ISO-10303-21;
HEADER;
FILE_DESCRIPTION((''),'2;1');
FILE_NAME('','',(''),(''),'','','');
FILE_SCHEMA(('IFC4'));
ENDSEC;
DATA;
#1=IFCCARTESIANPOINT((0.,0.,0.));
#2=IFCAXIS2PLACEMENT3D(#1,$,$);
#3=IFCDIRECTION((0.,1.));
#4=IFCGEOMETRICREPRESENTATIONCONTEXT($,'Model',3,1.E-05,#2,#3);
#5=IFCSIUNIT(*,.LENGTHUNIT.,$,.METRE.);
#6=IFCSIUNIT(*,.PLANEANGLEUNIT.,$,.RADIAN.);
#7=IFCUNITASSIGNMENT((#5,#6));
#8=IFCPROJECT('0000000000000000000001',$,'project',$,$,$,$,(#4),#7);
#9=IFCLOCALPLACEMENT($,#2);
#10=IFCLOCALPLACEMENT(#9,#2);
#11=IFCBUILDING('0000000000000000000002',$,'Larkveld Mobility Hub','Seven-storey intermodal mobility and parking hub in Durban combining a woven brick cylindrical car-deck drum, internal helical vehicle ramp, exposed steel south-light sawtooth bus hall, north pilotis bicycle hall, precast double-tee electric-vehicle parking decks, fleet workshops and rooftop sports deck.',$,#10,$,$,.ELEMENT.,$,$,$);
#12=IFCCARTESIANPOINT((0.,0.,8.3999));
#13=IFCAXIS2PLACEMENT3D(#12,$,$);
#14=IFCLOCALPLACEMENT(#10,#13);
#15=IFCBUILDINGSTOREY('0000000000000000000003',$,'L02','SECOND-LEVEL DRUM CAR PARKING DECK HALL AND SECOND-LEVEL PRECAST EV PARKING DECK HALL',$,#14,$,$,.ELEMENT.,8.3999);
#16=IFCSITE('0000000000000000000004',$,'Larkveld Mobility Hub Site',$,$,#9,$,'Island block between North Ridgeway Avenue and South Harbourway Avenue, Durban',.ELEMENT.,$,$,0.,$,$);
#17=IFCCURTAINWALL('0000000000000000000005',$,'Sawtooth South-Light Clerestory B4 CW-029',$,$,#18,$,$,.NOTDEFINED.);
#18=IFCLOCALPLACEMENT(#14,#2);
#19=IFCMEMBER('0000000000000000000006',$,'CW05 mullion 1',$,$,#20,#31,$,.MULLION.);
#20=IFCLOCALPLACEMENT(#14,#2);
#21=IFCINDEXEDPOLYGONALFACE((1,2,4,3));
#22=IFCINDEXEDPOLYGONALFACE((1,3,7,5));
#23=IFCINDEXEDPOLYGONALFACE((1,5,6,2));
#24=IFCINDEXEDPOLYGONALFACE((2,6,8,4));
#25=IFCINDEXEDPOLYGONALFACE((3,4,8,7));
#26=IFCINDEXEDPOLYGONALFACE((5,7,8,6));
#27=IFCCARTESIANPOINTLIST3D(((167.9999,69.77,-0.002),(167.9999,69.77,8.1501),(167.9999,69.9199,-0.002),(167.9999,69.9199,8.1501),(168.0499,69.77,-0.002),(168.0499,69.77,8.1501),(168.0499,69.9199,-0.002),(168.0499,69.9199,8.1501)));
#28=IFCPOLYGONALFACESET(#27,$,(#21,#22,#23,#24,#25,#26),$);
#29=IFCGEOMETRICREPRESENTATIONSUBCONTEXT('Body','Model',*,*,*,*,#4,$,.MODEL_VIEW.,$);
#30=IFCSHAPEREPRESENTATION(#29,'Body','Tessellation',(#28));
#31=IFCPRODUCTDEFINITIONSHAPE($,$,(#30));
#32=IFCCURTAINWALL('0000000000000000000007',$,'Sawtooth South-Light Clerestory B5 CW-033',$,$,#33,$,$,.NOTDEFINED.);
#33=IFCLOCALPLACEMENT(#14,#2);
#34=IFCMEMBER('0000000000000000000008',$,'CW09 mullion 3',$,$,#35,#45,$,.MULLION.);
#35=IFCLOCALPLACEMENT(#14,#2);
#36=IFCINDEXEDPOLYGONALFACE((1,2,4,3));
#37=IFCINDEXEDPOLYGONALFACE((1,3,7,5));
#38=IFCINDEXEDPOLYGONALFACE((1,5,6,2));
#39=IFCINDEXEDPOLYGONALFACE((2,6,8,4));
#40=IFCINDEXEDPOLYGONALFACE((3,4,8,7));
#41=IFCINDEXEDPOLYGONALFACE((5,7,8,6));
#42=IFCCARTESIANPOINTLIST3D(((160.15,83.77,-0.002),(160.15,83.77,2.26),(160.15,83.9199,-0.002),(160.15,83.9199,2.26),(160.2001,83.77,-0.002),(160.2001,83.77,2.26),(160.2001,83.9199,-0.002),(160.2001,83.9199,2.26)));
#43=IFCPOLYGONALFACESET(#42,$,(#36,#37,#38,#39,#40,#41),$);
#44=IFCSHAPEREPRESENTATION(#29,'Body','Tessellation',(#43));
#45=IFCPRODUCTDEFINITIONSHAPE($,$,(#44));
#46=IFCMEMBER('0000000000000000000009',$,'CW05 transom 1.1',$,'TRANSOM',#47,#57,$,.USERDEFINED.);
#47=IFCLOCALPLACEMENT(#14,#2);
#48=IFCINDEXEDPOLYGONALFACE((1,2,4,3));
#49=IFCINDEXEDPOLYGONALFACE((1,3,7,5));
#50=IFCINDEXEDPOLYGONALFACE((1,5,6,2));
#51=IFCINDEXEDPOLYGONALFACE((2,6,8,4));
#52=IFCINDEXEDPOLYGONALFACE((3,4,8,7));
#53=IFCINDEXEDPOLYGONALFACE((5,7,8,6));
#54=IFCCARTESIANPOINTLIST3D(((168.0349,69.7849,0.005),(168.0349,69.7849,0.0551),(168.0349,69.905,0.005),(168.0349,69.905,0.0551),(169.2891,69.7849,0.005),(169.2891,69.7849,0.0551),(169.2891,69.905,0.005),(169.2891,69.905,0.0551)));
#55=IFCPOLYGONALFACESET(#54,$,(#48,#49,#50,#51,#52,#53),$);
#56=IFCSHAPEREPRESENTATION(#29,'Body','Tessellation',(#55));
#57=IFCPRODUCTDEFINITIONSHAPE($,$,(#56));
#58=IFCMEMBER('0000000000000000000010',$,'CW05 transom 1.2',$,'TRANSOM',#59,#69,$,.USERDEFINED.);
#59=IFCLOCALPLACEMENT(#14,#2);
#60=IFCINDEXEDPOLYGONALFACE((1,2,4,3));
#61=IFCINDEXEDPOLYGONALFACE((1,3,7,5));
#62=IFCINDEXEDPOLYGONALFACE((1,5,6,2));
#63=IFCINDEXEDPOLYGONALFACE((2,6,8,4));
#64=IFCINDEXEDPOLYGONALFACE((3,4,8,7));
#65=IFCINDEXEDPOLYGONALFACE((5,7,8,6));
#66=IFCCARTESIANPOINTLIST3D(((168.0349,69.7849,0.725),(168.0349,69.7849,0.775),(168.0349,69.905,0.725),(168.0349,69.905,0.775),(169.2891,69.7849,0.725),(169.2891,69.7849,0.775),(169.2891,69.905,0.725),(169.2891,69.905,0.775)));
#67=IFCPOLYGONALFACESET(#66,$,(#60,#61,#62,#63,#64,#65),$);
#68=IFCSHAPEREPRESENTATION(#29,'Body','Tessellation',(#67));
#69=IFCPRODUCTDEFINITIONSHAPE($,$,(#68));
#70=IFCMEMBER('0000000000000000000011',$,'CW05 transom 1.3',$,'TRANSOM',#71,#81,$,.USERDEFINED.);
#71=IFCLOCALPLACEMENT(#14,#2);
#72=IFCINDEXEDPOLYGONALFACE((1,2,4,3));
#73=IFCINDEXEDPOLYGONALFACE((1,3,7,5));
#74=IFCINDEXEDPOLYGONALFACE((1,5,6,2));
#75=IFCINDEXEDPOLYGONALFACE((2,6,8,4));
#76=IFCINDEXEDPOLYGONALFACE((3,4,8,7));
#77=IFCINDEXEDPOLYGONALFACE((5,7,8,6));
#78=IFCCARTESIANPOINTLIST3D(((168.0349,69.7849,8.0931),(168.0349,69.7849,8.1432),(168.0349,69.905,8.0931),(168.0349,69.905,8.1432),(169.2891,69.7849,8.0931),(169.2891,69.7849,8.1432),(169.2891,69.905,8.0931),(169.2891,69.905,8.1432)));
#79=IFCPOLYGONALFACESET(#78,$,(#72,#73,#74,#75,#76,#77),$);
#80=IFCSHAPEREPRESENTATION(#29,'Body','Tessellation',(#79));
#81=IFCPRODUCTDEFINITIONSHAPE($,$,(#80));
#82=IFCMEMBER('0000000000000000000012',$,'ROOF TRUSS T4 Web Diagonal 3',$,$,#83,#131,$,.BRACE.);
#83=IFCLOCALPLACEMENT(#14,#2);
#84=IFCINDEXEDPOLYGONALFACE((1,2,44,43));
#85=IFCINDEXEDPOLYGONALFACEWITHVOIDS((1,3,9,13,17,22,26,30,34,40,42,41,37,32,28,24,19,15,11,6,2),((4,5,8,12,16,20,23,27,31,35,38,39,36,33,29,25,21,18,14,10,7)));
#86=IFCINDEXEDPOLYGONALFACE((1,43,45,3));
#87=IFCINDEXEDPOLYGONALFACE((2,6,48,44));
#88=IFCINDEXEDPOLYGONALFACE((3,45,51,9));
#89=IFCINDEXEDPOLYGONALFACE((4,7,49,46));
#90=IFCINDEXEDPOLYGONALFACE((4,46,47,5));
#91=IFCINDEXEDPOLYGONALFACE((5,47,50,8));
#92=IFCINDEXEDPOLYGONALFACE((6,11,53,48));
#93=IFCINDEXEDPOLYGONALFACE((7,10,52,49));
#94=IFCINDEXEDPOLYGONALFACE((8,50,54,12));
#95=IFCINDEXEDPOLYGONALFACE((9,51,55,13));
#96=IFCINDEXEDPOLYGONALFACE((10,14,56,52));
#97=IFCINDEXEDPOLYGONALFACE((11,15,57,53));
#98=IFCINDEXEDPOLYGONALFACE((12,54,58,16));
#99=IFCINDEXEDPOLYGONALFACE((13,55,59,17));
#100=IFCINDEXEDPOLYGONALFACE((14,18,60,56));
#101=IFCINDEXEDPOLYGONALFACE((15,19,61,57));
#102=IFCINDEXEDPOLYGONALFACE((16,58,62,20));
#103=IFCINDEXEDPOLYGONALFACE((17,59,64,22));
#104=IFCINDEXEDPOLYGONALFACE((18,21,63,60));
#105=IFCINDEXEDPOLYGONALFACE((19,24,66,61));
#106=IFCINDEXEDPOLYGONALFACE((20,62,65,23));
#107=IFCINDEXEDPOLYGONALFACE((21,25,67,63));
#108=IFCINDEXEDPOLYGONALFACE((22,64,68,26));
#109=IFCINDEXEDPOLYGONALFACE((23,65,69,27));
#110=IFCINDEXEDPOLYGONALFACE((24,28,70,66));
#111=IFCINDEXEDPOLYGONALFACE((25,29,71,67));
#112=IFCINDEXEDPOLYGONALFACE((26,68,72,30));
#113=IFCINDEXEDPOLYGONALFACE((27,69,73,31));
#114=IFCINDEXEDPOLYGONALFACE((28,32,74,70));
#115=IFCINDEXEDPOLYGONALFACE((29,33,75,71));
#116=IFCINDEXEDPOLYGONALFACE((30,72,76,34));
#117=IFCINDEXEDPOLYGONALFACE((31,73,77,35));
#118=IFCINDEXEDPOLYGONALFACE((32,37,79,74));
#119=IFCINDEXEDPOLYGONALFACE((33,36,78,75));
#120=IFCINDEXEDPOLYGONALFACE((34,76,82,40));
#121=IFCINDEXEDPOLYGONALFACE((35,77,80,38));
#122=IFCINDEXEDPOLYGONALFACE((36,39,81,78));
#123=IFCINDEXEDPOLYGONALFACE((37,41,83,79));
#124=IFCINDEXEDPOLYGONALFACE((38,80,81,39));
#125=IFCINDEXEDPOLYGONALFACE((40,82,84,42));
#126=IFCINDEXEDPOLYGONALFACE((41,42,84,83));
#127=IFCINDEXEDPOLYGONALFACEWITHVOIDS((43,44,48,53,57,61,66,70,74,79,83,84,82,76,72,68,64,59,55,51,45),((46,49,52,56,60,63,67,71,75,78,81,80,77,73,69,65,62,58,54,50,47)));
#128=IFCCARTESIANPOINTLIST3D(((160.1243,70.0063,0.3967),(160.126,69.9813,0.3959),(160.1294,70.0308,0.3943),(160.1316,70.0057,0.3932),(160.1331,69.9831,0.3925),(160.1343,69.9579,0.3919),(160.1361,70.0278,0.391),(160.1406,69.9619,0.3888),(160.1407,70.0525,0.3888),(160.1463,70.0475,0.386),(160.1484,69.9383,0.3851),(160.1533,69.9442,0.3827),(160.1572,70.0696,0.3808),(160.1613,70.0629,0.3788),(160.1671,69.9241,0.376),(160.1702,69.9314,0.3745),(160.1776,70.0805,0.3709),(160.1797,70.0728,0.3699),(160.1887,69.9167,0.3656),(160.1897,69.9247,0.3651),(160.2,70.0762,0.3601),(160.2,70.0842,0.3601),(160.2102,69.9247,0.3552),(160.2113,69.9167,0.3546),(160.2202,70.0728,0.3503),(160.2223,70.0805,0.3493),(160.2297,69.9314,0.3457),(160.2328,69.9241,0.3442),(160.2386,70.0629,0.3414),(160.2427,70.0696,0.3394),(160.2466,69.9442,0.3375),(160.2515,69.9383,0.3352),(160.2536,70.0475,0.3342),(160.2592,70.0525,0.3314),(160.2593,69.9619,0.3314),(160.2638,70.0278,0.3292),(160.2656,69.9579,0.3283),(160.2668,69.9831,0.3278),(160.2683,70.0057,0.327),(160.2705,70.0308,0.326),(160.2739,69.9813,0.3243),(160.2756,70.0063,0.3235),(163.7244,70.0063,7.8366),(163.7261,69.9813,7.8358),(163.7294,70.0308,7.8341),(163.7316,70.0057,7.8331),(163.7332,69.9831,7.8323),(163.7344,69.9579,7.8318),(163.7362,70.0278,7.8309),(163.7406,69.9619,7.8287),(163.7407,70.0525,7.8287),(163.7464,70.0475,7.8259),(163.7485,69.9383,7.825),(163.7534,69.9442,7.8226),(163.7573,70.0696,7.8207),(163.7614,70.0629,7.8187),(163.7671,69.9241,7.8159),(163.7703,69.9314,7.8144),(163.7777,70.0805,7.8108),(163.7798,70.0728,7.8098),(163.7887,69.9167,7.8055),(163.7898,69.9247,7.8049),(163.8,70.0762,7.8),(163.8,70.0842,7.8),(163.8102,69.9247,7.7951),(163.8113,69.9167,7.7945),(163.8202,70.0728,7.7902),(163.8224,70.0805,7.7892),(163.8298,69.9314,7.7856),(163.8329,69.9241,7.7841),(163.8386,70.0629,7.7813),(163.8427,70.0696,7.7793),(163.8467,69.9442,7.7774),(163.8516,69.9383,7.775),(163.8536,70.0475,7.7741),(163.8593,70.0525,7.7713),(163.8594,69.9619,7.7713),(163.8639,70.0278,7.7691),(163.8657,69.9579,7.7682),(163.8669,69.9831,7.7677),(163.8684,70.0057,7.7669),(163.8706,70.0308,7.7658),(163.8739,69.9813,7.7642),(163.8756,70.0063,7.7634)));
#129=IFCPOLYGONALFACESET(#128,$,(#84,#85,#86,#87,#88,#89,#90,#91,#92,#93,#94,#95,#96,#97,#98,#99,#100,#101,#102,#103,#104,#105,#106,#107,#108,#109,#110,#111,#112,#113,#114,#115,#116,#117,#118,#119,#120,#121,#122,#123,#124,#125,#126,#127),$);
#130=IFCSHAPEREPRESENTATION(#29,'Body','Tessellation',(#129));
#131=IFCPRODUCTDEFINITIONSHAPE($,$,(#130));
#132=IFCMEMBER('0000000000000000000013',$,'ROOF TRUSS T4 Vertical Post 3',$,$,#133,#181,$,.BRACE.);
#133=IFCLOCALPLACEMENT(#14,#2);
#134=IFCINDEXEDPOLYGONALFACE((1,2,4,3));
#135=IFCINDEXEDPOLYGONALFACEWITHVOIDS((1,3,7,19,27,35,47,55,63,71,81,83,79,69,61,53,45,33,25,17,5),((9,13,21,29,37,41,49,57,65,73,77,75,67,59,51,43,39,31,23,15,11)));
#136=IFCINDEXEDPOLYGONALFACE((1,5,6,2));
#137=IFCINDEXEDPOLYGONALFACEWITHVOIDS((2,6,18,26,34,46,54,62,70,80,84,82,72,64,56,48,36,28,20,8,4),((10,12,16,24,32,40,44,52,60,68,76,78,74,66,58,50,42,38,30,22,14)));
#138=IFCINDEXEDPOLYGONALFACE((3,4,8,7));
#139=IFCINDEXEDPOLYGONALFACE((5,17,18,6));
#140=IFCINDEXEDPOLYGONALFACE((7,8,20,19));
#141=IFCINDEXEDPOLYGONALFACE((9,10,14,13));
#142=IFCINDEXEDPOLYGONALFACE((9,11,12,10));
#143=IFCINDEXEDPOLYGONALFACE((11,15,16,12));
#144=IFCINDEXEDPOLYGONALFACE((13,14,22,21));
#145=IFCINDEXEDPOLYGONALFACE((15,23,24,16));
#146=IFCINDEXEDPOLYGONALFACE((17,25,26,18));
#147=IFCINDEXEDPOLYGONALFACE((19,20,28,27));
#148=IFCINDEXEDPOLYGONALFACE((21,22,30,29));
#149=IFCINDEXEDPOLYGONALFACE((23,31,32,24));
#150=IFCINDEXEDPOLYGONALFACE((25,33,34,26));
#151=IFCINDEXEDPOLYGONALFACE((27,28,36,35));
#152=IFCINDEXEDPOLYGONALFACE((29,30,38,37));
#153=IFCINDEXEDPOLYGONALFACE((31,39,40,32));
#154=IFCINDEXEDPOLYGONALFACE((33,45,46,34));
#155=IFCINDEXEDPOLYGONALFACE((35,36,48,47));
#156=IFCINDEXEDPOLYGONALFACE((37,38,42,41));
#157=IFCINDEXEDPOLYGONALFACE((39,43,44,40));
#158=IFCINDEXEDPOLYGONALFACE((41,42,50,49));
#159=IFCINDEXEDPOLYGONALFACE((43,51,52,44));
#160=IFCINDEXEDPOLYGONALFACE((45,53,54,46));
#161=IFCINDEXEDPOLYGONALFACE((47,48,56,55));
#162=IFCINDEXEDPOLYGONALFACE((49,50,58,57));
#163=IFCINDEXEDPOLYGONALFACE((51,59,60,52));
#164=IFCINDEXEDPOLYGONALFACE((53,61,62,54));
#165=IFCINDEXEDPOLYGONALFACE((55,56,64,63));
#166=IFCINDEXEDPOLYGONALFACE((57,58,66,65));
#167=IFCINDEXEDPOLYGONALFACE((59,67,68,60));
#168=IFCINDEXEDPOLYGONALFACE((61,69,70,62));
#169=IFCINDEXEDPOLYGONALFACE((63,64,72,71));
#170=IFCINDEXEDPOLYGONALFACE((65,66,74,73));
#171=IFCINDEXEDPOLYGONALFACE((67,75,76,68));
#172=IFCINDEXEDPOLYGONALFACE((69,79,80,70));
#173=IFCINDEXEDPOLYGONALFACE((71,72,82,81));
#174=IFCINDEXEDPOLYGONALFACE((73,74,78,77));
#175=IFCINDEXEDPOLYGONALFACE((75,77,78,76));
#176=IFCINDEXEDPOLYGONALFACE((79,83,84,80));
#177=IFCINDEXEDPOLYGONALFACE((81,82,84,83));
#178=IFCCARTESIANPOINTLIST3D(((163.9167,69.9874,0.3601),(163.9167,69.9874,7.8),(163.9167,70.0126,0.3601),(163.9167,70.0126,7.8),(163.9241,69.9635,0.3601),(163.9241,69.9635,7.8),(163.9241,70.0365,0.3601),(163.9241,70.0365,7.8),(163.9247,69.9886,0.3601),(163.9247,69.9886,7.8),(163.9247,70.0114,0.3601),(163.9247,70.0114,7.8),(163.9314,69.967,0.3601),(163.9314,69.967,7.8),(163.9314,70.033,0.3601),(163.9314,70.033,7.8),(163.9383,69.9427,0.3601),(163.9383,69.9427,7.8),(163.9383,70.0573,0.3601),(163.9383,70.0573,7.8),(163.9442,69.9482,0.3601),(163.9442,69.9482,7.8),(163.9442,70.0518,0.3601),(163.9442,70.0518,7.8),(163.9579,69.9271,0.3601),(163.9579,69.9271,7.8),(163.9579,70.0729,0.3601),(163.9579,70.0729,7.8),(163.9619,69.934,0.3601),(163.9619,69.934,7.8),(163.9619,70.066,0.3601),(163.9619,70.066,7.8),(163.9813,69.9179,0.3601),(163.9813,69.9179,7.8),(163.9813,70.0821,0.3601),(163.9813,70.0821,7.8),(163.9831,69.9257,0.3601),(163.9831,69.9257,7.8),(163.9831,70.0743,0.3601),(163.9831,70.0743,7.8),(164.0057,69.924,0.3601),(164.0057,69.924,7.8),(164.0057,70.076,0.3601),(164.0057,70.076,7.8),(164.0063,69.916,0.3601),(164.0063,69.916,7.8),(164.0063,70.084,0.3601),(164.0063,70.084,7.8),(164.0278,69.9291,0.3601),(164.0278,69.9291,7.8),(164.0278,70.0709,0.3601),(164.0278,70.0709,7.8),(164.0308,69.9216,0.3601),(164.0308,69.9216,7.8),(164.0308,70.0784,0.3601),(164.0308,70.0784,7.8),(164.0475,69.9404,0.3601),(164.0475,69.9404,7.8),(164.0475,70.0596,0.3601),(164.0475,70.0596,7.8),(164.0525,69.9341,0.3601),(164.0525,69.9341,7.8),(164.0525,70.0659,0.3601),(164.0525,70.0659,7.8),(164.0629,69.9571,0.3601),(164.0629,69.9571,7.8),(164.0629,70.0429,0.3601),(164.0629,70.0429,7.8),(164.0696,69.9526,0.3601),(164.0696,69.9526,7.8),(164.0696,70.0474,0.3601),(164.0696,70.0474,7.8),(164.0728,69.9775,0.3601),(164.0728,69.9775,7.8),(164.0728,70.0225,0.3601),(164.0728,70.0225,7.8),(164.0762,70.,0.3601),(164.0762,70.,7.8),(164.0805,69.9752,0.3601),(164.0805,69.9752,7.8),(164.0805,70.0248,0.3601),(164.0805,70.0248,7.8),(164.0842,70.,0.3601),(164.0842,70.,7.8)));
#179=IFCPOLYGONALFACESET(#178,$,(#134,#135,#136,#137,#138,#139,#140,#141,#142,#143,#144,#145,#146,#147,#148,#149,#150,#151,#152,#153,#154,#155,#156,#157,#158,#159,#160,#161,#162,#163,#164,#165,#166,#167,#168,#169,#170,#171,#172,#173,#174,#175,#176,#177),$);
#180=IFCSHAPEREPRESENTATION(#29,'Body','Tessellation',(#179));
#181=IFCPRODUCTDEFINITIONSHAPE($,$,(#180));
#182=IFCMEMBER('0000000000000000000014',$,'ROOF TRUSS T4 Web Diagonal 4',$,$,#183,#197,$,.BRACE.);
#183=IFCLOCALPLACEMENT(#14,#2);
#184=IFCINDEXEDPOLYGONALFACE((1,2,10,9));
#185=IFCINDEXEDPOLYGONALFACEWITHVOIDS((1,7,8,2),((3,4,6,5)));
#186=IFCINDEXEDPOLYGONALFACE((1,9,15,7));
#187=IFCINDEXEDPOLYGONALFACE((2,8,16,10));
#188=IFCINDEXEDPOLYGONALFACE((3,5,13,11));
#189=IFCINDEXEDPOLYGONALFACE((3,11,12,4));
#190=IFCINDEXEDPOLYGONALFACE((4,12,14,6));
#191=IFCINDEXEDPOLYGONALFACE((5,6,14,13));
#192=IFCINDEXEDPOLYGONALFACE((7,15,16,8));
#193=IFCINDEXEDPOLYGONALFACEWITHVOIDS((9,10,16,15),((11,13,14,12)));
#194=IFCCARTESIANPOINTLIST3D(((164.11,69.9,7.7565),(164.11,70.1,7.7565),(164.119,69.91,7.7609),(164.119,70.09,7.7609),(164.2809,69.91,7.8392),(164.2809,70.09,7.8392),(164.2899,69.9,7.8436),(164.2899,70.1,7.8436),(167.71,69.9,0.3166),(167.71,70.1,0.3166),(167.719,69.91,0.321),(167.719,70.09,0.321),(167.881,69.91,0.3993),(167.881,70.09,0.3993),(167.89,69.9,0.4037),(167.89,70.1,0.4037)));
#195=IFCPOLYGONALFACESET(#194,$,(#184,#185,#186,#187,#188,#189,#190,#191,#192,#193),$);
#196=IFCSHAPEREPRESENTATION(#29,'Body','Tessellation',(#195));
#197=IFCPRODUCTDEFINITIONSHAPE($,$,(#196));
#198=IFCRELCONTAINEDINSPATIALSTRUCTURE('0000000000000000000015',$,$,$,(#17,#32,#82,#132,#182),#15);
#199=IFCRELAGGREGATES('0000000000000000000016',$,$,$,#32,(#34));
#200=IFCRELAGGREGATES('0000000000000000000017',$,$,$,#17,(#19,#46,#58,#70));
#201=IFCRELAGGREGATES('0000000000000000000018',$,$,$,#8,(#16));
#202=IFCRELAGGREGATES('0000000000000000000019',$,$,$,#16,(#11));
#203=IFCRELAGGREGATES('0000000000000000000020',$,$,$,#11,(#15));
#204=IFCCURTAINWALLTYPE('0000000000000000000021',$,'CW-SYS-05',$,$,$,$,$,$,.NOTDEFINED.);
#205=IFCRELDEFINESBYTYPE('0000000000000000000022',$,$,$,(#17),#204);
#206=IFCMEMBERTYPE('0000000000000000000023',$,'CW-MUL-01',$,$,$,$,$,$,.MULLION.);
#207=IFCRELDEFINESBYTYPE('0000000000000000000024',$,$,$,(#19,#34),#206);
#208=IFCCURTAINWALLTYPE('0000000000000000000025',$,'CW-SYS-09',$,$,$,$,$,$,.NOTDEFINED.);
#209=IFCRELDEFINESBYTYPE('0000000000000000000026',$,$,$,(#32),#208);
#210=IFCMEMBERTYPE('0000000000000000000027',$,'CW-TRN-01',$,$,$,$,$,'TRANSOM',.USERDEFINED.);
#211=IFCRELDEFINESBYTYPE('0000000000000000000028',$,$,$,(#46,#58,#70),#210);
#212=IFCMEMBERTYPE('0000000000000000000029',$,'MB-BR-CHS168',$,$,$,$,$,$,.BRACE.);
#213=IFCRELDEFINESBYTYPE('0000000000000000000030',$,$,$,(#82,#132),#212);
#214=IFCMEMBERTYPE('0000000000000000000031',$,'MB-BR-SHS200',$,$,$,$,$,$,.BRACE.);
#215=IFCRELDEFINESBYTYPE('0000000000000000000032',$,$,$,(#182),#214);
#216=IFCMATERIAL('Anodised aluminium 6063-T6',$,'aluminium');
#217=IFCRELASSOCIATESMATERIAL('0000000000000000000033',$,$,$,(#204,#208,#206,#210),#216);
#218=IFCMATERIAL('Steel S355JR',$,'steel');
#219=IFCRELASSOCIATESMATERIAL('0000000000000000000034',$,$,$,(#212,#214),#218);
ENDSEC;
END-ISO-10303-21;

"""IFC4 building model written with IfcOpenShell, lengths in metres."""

from ifc_helpers import new_model, si_unit, direction, frame, origin, origin_2d, place, context, subcontext, project, spatial, rectangle, hollow_rectangle, hollow_circle, extrude, material, material_profile, profile_set, type_object, element, aggregate, save


model = new_model("IFC4")

# Units and contexts
model_context = context("Model", 3, precision=1e-05, world=origin(), true_north=direction((0.0, 1.0)))
body_context = subcontext(model_context, "Body", "Model", "MODEL_VIEW")
ifc_project = project(units=[si_unit("LENGTHUNIT", "METRE"), si_unit("PLANEANGLEUNIT", "RADIAN")], contexts=[model_context])

# Site, building, storey
site_placement = place(None, origin())
site = spatial("IfcSite", under=ifc_project, at=site_placement, Name="Larkveld Mobility Hub Site", LongName="Island block between North Ridgeway Avenue and South Harbourway Avenue, Durban", CompositionType="ELEMENT", RefElevation=0.0)
building_placement = place(site_placement, origin())
building = spatial("IfcBuilding", under=site, at=building_placement, Name="Larkveld Mobility Hub", Description="Seven-storey intermodal mobility and parking hub in Durban combining a woven brick cylindrical car-deck drum, internal helical vehicle ramp, exposed steel south-light sawtooth bus hall, north pilotis bicycle hall, precast double-tee electric-vehicle parking decks, fleet workshops and rooftop sports deck.", CompositionType="ELEMENT")
storey_placement = place(building_placement, frame((0.0, 0.0, 8.3999)))
storey = spatial("IfcBuildingStorey", under=building, at=storey_placement, Name="L02", Description="SECOND-LEVEL DRUM CAR PARKING DECK HALL AND SECOND-LEVEL PRECAST EV PARKING DECK HALL", CompositionType="ELEMENT", Elevation=8.3999)

# Curtain walls, members
ifc_material_1 = material(Name="Anodised aluminium 6063-T6", Category="aluminium")
curtain_wall_type_1 = type_object("IfcCurtainWallType", Name="CW-SYS-05", PredefinedType="NOTDEFINED", material=ifc_material_1)
curtain_wall_1_placement = place(storey_placement, origin())
curtain_wall_1 = element("IfcCurtainWall", 1, at=curtain_wall_1_placement, inside=storey, type_object=curtain_wall_type_1, Name="Sawtooth South-Light Clerestory B4 CW-029", PredefinedType="NOTDEFINED")
ifc_material_profile_1 = material_profile(ifc_material_1, rectangle(XDim=0.05, YDim=0.1499, at=origin_2d()), Name="ALU MULL 50x150")
ifc_profile_set_1 = profile_set([ifc_material_profile_1], Name="Anodised aluminium 6063-T6")
member_type_1 = type_object("IfcMemberType", Name="CW-MUL-01", PredefinedType="MULLION", material=ifc_profile_set_1)
member_1_placement = place(storey_placement, frame((168.0249, 69.845, -0.002), z_axis=(0.0, 0.0, 1.0), x_axis=(1.0, 0.0, 0.0)))
member_1 = element("IfcMember", 2, at=member_1_placement, type_object=member_type_1, Name="CW05 mullion 1", PredefinedType="MULLION", context=body_context, shape_type="SweptSolid", body=[
    extrude(rectangle(XDim=0.05, YDim=0.1499, at=origin_2d()), origin(), (0.0, 0.0, 1.0), 8.1521),
])
curtain_wall_type_2 = type_object("IfcCurtainWallType", Name="CW-SYS-09", PredefinedType="NOTDEFINED", material=ifc_material_1)
curtain_wall_2_placement = place(storey_placement, origin())
curtain_wall_2 = element("IfcCurtainWall", 3, at=curtain_wall_2_placement, inside=storey, type_object=curtain_wall_type_2, Name="Sawtooth South-Light Clerestory B5 CW-033", PredefinedType="NOTDEFINED")
member_2_placement = place(storey_placement, frame((160.175, 83.845, -0.002), z_axis=(0.0, 0.0, 1.0), x_axis=(1.0, 0.0, 0.0)))
member_2 = element("IfcMember", 4, at=member_2_placement, type_object=member_type_1, Name="CW09 mullion 3", PredefinedType="MULLION", context=body_context, shape_type="SweptSolid", body=[
    extrude(rectangle(XDim=0.05, YDim=0.1499, at=origin_2d()), origin(), (0.0, 0.0, 1.0), 2.262),
])
aggregate(curtain_wall_2, [member_2])

# Members
ifc_material_profile_2 = material_profile(ifc_material_1, rectangle(XDim=0.1201, YDim=0.05, at=origin_2d()), Name="ALU TRAN 50x120")
ifc_profile_set_2 = profile_set([ifc_material_profile_2], Name="Anodised aluminium 6063-T6")
member_type_2 = type_object("IfcMemberType", Name="CW-TRN-01", ElementType="TRANSOM", PredefinedType="USERDEFINED", material=ifc_profile_set_2)
member_3_placement = place(storey_placement, frame((168.0349, 69.845, 0.03), z_axis=(1.0, 0.0, 0.0), x_axis=(0.0, 1.0, 0.0)))
member_3 = element("IfcMember", 5, at=member_3_placement, type_object=member_type_2, Name="CW05 transom 1.1", ObjectType="TRANSOM", PredefinedType="USERDEFINED", context=body_context, shape_type="SweptSolid", body=[
    extrude(rectangle(XDim=0.1201, YDim=0.05, at=origin_2d()), origin(), (0.0, 0.0, 1.0), 1.2542),
])
member_4_placement = place(storey_placement, frame((168.0349, 69.845, 0.75), z_axis=(1.0, 0.0, 0.0), x_axis=(0.0, 1.0, 0.0)))
member_4 = element("IfcMember", 6, at=member_4_placement, type_object=member_type_2, Name="CW05 transom 1.2", ObjectType="TRANSOM", PredefinedType="USERDEFINED", context=body_context, shape_type="SweptSolid", body=[
    extrude(rectangle(XDim=0.1201, YDim=0.05, at=origin_2d()), origin(), (0.0, 0.0, 1.0), 1.2542),
])
member_5_placement = place(storey_placement, frame((168.0349, 69.845, 8.1182), z_axis=(1.0, 0.0, 0.0), x_axis=(0.0, 1.0, 0.0)))
member_5 = element("IfcMember", 7, at=member_5_placement, type_object=member_type_2, Name="CW05 transom 1.3", ObjectType="TRANSOM", PredefinedType="USERDEFINED", context=body_context, shape_type="SweptSolid", body=[
    extrude(rectangle(XDim=0.1201, YDim=0.05, at=origin_2d()), origin(), (0.0, 0.0, 1.0), 1.2542),
])
aggregate(curtain_wall_1, [member_1, member_3, member_4, member_5])

# Members
ifc_material_2 = material(Name="Steel S355JR", Category="steel")
ifc_material_profile_3 = material_profile(ifc_material_2, hollow_circle(Radius=0.0842, WallThickness=0.0081, at=origin_2d()), Name="CHS 168.3x8")
ifc_profile_set_3 = profile_set([ifc_material_profile_3], Name="Steel S355JR")
member_type_3 = type_object("IfcMemberType", Name="MB-BR-CHS168", PredefinedType="BRACE", material=ifc_profile_set_3)
member_6_placement = place(storey_placement, frame((160.2, 70.0, 0.3601), z_axis=(0.435573, 0.0, 0.900153), x_axis=(0.0, 1.0, 0.0)))
element("IfcMember", 8, at=member_6_placement, inside=storey, type_object=member_type_3, Name="ROOF TRUSS T4 Web Diagonal 3", PredefinedType="BRACE", context=body_context, shape_type="SweptSolid", body=[
    extrude(hollow_circle(Radius=0.0842, WallThickness=0.0081, at=origin_2d()), origin(), (0.0, 0.0, 1.0), 8.2651),
])
member_7_placement = place(storey_placement, frame((164.0, 70.0, 0.3601), z_axis=(0.0, 0.0, 1.0), x_axis=(1.0, 0.0, 0.0)))
element("IfcMember", 9, at=member_7_placement, inside=storey, type_object=member_type_3, Name="ROOF TRUSS T4 Vertical Post 3", PredefinedType="BRACE", context=body_context, shape_type="SweptSolid", body=[
    extrude(hollow_circle(Radius=0.0842, WallThickness=0.0081, at=origin_2d()), origin(), (0.0, 0.0, 1.0), 7.4399),
])
ifc_material_profile_4 = material_profile(ifc_material_2, hollow_rectangle(XDim=0.2, YDim=0.2, WallThickness=0.01, at=origin_2d()), Name="SHS 200x200x10")
ifc_profile_set_4 = profile_set([ifc_material_profile_4], Name="Steel S355JR")
member_type_4 = type_object("IfcMemberType", Name="MB-BR-SHS200", PredefinedType="BRACE", material=ifc_profile_set_4)
member_8_placement = place(storey_placement, frame((164.2, 70.0, 7.8), z_axis=(0.435573, 0.0, -0.900153), x_axis=(0.0, 1.0, 0.0)))
element("IfcMember", 10, at=member_8_placement, inside=storey, type_object=member_type_4, Name="ROOF TRUSS T4 Web Diagonal 4", PredefinedType="BRACE", context=body_context, shape_type="SweptSolid", body=[
    extrude(hollow_rectangle(XDim=0.2, YDim=0.2, WallThickness=0.01, at=origin_2d()), origin(), (0.0, 0.0, 1.0), 8.2651),
])

save(model, "model.ifc")
